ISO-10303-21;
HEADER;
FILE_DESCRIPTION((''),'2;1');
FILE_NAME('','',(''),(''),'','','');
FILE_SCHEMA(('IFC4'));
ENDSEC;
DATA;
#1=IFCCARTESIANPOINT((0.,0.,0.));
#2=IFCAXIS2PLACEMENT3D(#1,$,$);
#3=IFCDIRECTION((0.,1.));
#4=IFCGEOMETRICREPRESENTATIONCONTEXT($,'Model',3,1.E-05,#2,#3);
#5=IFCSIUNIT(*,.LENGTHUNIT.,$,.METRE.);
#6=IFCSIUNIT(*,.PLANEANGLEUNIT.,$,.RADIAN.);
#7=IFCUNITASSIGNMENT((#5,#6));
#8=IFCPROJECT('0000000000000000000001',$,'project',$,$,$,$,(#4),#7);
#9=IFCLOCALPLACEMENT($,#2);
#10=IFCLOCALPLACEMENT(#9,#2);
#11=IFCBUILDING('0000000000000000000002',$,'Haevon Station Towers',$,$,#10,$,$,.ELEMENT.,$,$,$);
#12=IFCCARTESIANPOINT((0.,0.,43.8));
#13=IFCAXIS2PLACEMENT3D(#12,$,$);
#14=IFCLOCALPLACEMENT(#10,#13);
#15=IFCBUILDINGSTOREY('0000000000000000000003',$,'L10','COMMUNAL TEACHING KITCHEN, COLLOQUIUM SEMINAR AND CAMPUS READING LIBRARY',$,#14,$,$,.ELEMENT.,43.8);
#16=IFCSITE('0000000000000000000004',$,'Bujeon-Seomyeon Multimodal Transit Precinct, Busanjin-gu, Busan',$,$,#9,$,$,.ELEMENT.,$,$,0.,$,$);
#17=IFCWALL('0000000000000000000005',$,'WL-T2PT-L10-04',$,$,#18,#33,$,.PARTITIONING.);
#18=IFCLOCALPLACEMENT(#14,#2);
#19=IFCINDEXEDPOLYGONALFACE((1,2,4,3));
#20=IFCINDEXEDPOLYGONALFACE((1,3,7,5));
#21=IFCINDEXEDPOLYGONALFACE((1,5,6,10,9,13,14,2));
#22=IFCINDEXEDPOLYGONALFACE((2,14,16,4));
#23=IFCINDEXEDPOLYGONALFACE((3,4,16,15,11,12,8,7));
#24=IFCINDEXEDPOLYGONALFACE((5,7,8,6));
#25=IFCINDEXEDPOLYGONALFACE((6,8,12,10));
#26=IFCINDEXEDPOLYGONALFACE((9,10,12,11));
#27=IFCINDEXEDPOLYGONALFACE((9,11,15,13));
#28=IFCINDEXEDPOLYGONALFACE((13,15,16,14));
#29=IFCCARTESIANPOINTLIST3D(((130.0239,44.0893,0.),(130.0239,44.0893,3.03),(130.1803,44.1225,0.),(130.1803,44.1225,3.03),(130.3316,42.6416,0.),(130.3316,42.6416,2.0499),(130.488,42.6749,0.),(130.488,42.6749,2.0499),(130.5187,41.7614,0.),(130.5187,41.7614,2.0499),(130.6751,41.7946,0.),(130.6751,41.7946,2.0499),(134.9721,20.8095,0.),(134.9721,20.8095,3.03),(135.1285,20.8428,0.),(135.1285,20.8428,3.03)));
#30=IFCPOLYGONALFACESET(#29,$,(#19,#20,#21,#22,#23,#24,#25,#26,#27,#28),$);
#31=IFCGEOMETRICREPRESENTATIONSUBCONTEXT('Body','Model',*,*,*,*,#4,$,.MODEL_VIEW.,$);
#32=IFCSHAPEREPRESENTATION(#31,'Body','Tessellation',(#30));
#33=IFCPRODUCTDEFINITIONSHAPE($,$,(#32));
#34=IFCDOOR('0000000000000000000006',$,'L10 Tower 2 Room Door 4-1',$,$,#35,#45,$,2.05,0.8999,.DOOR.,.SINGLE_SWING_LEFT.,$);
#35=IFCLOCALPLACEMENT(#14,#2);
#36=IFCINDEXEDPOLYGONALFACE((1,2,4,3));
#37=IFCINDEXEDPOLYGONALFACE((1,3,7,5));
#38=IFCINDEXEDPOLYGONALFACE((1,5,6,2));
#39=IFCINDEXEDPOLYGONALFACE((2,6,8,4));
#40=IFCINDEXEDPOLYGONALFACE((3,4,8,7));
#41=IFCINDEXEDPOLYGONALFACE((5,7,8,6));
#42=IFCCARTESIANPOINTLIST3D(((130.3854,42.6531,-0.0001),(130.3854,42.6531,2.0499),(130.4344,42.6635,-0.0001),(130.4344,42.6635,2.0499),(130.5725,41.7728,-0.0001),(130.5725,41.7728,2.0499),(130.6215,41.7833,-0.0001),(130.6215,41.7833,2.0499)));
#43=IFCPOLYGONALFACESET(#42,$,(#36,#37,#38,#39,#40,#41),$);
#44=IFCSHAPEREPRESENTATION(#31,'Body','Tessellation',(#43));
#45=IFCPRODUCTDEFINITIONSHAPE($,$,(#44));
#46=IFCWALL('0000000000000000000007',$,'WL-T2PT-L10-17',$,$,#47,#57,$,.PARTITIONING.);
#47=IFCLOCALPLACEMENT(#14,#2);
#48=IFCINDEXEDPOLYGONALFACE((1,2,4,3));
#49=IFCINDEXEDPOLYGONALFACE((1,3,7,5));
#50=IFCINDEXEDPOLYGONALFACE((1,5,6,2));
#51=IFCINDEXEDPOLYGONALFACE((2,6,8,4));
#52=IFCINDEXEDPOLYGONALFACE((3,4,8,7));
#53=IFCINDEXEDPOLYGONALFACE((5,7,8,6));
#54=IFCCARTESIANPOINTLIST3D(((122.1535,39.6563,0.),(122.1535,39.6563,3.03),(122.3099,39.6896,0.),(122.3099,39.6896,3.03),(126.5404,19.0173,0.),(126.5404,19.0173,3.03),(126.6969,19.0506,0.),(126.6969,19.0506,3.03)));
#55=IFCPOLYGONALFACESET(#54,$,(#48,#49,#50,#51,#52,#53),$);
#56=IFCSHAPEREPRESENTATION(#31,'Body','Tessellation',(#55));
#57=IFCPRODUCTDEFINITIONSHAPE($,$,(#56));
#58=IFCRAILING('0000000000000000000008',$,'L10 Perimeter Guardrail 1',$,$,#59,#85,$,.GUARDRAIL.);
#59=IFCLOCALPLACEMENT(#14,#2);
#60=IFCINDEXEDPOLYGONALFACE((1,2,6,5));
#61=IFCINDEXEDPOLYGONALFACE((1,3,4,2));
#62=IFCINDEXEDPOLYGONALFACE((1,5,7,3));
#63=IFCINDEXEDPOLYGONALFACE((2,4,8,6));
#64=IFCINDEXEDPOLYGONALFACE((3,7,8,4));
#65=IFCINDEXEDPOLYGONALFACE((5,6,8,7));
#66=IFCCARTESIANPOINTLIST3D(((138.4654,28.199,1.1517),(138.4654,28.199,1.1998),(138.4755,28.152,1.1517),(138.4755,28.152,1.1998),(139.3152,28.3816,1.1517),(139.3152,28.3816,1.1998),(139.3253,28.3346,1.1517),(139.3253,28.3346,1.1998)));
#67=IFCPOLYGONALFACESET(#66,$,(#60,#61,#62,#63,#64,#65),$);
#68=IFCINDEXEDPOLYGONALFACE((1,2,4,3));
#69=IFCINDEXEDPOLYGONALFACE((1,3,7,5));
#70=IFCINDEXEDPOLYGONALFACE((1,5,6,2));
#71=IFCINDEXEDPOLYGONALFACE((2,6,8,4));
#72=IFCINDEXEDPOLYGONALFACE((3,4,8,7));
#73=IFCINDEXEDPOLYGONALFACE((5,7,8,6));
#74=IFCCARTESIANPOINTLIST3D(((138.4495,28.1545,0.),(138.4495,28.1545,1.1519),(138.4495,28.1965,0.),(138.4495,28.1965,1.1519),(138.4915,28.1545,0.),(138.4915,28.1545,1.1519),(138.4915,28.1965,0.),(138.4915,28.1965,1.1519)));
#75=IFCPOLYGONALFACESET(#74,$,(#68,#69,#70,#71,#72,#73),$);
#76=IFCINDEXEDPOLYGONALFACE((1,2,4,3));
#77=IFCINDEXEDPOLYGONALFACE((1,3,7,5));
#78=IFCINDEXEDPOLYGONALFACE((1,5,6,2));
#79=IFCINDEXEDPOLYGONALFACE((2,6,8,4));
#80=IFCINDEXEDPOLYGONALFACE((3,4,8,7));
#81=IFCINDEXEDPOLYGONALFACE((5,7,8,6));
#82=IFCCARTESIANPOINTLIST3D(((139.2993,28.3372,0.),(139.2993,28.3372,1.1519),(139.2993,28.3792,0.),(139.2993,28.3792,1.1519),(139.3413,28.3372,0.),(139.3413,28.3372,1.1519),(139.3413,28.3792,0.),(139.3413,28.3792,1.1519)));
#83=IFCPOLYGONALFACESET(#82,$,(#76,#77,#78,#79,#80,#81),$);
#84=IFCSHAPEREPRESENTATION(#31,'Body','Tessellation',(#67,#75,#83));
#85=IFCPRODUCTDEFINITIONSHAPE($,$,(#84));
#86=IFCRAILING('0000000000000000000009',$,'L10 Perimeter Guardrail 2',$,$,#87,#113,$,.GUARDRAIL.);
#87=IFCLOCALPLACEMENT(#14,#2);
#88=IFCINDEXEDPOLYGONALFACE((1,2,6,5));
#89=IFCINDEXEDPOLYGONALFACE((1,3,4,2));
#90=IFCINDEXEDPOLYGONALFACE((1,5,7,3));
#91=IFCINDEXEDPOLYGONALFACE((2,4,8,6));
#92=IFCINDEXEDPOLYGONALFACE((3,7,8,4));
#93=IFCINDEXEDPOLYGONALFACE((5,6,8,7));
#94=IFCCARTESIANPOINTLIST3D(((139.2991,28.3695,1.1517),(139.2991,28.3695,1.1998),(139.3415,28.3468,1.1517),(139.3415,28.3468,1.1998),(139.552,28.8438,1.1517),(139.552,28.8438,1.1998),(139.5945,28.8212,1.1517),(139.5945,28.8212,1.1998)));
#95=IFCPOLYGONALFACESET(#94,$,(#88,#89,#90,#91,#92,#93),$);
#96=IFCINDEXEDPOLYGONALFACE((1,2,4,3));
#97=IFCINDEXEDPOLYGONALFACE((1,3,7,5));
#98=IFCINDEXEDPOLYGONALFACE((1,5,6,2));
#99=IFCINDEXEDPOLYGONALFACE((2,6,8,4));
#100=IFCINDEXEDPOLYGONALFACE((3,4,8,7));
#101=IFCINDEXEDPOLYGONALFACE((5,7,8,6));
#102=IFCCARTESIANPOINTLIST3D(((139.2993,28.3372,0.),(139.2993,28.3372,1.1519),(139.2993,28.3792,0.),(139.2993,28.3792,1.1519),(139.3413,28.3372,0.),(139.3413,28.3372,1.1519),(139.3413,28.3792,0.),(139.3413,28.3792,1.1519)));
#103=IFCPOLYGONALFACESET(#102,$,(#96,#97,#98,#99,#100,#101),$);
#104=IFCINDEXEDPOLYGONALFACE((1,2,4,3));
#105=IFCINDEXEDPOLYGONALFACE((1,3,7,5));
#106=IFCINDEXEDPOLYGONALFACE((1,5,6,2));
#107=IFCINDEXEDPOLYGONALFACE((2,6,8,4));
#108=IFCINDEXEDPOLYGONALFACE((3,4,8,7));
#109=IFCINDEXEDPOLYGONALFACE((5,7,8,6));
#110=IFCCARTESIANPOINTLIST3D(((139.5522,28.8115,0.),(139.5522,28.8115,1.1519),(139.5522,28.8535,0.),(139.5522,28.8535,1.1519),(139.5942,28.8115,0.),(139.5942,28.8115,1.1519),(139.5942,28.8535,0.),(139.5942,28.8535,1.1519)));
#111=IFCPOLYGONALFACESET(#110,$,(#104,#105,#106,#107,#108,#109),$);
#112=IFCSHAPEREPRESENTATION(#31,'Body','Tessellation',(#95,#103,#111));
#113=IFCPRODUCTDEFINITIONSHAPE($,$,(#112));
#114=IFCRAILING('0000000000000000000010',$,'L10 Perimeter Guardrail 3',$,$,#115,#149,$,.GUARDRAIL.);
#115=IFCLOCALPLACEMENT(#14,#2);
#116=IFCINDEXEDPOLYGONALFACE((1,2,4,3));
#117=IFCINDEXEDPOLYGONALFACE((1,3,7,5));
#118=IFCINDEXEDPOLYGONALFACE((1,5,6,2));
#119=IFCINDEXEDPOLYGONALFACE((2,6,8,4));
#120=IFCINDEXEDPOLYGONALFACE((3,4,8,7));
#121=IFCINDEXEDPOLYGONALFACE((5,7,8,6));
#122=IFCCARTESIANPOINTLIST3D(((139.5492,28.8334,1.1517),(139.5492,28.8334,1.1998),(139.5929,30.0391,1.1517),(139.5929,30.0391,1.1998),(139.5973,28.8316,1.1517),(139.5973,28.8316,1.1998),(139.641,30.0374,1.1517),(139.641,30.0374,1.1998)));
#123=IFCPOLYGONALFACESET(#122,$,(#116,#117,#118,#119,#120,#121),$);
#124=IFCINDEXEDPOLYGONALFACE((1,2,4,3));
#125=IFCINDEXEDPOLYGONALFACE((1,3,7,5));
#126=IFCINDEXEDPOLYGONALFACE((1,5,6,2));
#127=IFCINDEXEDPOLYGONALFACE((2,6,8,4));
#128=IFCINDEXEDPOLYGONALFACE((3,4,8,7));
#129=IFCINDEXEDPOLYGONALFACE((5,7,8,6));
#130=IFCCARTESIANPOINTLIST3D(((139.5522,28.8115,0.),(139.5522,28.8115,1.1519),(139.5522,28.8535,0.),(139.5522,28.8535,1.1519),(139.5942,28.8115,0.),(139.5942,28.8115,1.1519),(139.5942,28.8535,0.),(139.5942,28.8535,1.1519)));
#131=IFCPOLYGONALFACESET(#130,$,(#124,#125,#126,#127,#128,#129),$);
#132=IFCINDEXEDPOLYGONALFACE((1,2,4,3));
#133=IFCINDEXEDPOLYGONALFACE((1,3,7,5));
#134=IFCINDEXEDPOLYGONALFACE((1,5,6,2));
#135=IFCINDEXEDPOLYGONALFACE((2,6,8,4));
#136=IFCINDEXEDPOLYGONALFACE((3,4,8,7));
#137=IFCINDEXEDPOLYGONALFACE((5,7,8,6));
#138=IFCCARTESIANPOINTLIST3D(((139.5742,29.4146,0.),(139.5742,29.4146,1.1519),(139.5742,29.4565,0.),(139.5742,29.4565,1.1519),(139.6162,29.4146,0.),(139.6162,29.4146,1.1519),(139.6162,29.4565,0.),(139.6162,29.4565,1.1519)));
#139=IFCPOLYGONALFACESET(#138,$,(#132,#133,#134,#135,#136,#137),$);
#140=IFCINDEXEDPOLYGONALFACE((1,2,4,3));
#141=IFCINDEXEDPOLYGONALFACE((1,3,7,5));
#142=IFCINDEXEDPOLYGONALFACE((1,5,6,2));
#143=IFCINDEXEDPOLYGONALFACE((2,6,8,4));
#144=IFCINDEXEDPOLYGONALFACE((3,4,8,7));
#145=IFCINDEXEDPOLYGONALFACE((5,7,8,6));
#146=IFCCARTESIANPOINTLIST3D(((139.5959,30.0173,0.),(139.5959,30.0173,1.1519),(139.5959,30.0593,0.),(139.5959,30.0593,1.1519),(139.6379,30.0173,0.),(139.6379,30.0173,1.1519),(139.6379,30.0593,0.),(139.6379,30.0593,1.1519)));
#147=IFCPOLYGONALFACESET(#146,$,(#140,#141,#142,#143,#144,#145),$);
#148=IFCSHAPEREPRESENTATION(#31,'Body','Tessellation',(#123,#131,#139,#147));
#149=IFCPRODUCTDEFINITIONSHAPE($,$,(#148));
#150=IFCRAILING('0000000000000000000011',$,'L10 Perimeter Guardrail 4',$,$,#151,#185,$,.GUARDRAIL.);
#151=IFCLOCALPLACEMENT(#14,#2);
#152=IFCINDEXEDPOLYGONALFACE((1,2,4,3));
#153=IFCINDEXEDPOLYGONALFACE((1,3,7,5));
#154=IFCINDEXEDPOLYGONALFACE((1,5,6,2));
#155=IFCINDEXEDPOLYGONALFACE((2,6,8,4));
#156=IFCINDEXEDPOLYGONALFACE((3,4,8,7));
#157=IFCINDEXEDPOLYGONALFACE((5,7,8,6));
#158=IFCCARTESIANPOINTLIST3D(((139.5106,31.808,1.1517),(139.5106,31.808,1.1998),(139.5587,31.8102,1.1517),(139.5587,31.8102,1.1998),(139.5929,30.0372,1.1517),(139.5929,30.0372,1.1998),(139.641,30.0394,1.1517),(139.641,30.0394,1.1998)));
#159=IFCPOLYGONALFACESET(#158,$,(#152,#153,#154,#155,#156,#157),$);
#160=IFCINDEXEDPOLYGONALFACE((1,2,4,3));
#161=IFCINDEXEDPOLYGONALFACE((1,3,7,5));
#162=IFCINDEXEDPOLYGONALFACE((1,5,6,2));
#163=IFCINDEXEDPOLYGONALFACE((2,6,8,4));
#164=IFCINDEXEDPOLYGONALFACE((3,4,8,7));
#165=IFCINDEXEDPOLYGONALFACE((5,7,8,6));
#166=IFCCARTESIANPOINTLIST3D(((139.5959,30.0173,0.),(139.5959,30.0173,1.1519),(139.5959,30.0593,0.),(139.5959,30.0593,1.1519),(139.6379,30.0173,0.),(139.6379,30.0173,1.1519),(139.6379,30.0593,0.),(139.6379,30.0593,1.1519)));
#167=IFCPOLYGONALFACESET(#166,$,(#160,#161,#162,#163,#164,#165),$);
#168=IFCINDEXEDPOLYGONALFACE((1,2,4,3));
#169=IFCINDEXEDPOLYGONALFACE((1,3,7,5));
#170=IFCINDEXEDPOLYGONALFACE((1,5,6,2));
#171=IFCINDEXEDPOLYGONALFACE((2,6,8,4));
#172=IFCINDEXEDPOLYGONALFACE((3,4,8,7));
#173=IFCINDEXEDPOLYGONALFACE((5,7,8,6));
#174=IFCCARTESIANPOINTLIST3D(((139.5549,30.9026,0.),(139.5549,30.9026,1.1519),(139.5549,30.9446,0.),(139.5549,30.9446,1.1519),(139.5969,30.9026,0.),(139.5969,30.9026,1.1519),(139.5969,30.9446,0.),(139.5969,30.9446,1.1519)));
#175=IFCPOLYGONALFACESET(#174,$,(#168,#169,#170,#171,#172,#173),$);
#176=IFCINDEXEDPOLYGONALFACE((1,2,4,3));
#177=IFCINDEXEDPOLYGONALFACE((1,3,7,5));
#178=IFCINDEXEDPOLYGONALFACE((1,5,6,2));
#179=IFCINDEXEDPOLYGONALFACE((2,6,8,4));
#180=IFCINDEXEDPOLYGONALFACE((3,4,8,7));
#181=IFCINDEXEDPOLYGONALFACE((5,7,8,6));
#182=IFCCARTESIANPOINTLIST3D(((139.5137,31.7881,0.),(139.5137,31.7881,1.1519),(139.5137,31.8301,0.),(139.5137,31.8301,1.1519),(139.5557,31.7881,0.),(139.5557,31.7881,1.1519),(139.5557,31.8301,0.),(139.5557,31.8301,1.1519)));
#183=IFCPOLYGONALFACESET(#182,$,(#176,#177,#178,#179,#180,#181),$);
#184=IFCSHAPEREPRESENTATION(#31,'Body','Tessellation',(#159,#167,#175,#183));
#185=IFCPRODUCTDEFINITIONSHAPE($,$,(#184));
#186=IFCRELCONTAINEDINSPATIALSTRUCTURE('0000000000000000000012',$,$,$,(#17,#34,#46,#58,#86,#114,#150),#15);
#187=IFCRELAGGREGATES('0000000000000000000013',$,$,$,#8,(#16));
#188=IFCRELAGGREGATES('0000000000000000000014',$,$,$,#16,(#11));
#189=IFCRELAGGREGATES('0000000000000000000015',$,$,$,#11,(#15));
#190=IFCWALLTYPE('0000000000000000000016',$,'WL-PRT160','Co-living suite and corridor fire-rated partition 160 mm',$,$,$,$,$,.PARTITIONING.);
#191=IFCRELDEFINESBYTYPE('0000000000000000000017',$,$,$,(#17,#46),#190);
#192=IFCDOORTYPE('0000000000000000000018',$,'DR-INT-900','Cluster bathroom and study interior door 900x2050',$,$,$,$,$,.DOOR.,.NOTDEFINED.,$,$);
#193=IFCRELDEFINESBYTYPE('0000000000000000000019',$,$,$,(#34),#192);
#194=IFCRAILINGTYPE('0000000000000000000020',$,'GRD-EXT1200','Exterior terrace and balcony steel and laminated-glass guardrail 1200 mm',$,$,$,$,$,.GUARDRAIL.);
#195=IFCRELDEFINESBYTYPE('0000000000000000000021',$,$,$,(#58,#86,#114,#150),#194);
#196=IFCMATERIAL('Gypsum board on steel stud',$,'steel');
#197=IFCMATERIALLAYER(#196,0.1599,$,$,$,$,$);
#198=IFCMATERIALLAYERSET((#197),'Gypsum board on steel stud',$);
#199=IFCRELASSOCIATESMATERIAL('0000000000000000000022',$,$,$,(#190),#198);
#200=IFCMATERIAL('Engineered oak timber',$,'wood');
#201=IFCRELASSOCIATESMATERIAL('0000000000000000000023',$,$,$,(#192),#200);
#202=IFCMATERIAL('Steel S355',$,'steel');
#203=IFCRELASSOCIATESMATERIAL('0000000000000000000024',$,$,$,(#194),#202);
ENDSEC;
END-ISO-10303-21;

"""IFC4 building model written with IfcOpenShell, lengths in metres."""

from ifc_helpers import new_model, si_unit, direction, frame, frame_2d, origin, origin_2d, place, context, subcontext, project, spatial, rectangle, extrude, material, layer, layer_set, type_object, element, fill, save


model = new_model("IFC4")

# Units and contexts
model_context = context("Model", 3, precision=1e-05, world=origin(), true_north=direction((0.0, 1.0)))
body_context = subcontext(model_context, "Body", "Model", "MODEL_VIEW")
ifc_project = project(units=[si_unit("LENGTHUNIT", "METRE"), si_unit("PLANEANGLEUNIT", "RADIAN")], contexts=[model_context])

# Site, building, storey
site_placement = place(None, origin())
site = spatial("IfcSite", under=ifc_project, at=site_placement, Name="Bujeon-Seomyeon Multimodal Transit Precinct, Busanjin-gu, Busan", CompositionType="ELEMENT", RefElevation=0.0)
building_placement = place(site_placement, origin())
building = spatial("IfcBuilding", under=site, at=building_placement, Name="Haevon Station Towers", CompositionType="ELEMENT")
storey_placement = place(building_placement, frame((0.0, 0.0, 43.8)))
storey = spatial("IfcBuildingStorey", under=building, at=storey_placement, Name="L10", Description="COMMUNAL TEACHING KITCHEN, COLLOQUIUM SEMINAR AND CAMPUS READING LIBRARY", CompositionType="ELEMENT", Elevation=43.8)

# Shared definitions
ifc_material_1 = material(Name="Steel S355", Category="steel")

# Shared definitions
ifc_material_2 = material(Name="Gypsum board on steel stud", Category="steel")

# Wall, opening, door
ifc_layer_1 = layer(ifc_material_2, 0.1599)
ifc_layer_set_1 = layer_set([ifc_layer_1], Name="Gypsum board on steel stud")
wall_type_1 = type_object("IfcWallType", Name="WL-PRT160", Description="Co-living suite and corridor fire-rated partition 160 mm", PredefinedType="PARTITIONING", material=ifc_layer_set_1)
wall_1_placement = place(storey_placement, frame((135.0503, 20.8262, 0.0), z_axis=(0.0, 0.0, 1.0), x_axis=(-0.207911, 0.978148, 0.0)))
wall_1 = element("IfcWall", 1, at=wall_1_placement, inside=storey, type_object=wall_type_1, Name="WL-T2PT-L10-04", PredefinedType="PARTITIONING", context=body_context, shape_type="SweptSolid", body=[
    extrude(rectangle(XDim=23.7998, YDim=0.1599, at=frame_2d((11.8999, 0.0))), origin(), (0.0, 0.0, 1.0), 3.03),
])
opening_1_placement = place(wall_1_placement, frame((21.4199, 0.0, 0.0)))
opening_1 = element("IfcOpeningElement", 2, at=opening_1_placement, cuts=wall_1, PredefinedType="OPENING", context=body_context, shape_type="SweptSolid", body=[
    extrude(rectangle(XDim=0.8999, YDim=2.05, at=frame_2d((0.45, 1.0249))), frame((0.0, 0.0898, 0.0), z_axis=(0.0, -1.0, 0.0), x_axis=(1.0, 0.0, 0.0)), (0.0, 0.0, 1.0), 0.1799),
])
ifc_material_3 = material(Name="Engineered oak timber", Category="wood")
door_type = type_object("IfcDoorType", Name="DR-INT-900", Description="Cluster bathroom and study interior door 900x2050", OperationType="NOTDEFINED", PredefinedType="DOOR", material=ifc_material_3)
door_placement = place(opening_1_placement, origin())
door = element("IfcDoor", 3, at=door_placement, inside=storey, type_object=door_type, Name="L10 Tower 2 Room Door 4-1", OperationType="SINGLE_SWING_LEFT", OverallHeight=2.05, OverallWidth=0.8999, PredefinedType="DOOR", context=body_context, shape_type="SweptSolid", body=[
    extrude(rectangle(XDim=0.8999, YDim=2.05, at=frame_2d((0.45, 1.0249))), frame((0.0, 0.0249, 0.0), z_axis=(0.0, -1.0, 0.0), x_axis=(1.0, 0.0, 0.0)), (0.0, 0.0, 1.0), 0.05),
])
fill(opening_1, door)

# Wall
wall_2_placement = place(storey_placement, frame((126.6187, 19.0339, 0.0), z_axis=(0.0, 0.0, 1.0), x_axis=(-0.207913, 0.978147, 0.0)))
element("IfcWall", 4, at=wall_2_placement, inside=storey, type_object=wall_type_1, Name="WL-T2PT-L10-17", PredefinedType="PARTITIONING", context=body_context, shape_type="SweptSolid", body=[
    extrude(rectangle(XDim=21.1001, YDim=0.1599, at=frame_2d((10.55, 0.0))), origin(), (0.0, 0.0, 1.0), 3.03),
])

# Railings
railing_type = type_object("IfcRailingType", Name="GRD-EXT1200", Description="Exterior terrace and balcony steel and laminated-glass guardrail 1200 mm", PredefinedType="GUARDRAIL", material=ifc_material_1)
railing_1_placement = place(storey_placement, frame((138.4705, 28.1755, 0.0)))
element("IfcRailing", 5, at=railing_1_placement, inside=storey, type_object=railing_type, Name="L10 Perimeter Guardrail 1", PredefinedType="GUARDRAIL", context=body_context, shape_type="SweptSolid", body=[
    extrude(rectangle(XDim=0.0481, YDim=0.0481, at=origin_2d()), frame((0.0, 0.0, 1.1758), z_axis=(0.977683, 0.210085, 0.0), x_axis=(-0.210085, 0.977683, 0.0)), (0.0, 0.0, 1.0), 0.8691),
    extrude(rectangle(XDim=0.042, YDim=0.042, at=origin_2d()), origin(), (0.0, 0.0, 1.0), 1.1519),
    extrude(rectangle(XDim=0.042, YDim=0.042, at=origin_2d()), frame((0.8499, 0.1826, 0.0)), (0.0, 0.0, 1.0), 1.1519),
])
railing_2_placement = place(storey_placement, frame((139.3203, 28.3582, 0.0)))
element("IfcRailing", 6, at=railing_2_placement, inside=storey, type_object=railing_type, Name="L10 Perimeter Guardrail 2", PredefinedType="GUARDRAIL", context=body_context, shape_type="SweptSolid", body=[
    extrude(rectangle(XDim=0.0481, YDim=0.0481, at=origin_2d()), frame((0.0, 0.0, 1.1758), z_axis=(0.470494, 0.882403, 0.0), x_axis=(-0.882403, 0.470494, 0.0)), (0.0, 0.0, 1.0), 0.5376),
    extrude(rectangle(XDim=0.042, YDim=0.042, at=origin_2d()), origin(), (0.0, 0.0, 1.0), 1.1519),
    extrude(rectangle(XDim=0.042, YDim=0.042, at=origin_2d()), frame((0.2529, 0.4744, 0.0)), (0.0, 0.0, 1.0), 1.1519),
])
railing_3_placement = place(storey_placement, frame((139.5732, 28.8325, 0.0)))
element("IfcRailing", 7, at=railing_3_placement, inside=storey, type_object=railing_type, Name="L10 Perimeter Guardrail 3", PredefinedType="GUARDRAIL", context=body_context, shape_type="SweptSolid", body=[
    extrude(rectangle(XDim=0.0481, YDim=0.0481, at=origin_2d()), frame((0.0, 0.0, 1.1758), z_axis=(0.036218, 0.999344, 0.0), x_axis=(-0.999344, 0.036218, 0.0)), (0.0, 0.0, 1.0), 1.2065),
    extrude(rectangle(XDim=0.042, YDim=0.042, at=origin_2d()), origin(), (0.0, 0.0, 1.0), 1.1519),
    extrude(rectangle(XDim=0.042, YDim=0.042, at=origin_2d()), frame((0.022, 0.603, 0.0)), (0.0, 0.0, 1.0), 1.1519),
    extrude(rectangle(XDim=0.042, YDim=0.042, at=origin_2d()), frame((0.0437, 1.2058, 0.0)), (0.0, 0.0, 1.0), 1.1519),
])
railing_4_placement = place(storey_placement, frame((139.6169, 30.0383, 0.0)))
element("IfcRailing", 8, at=railing_4_placement, inside=storey, type_object=railing_type, Name="L10 Perimeter Guardrail 4", PredefinedType="GUARDRAIL", context=body_context, shape_type="SweptSolid", body=[
    extrude(rectangle(XDim=0.0481, YDim=0.0481, at=origin_2d()), frame((0.0, 0.0, 1.1758), z_axis=(-0.046413, 0.998922, 0.0), x_axis=(-0.998922, -0.046413, 0.0)), (0.0, 0.0, 1.0), 1.7727),
    extrude(rectangle(XDim=0.042, YDim=0.042, at=origin_2d()), origin(), (0.0, 0.0, 1.0), 1.1519),
    extrude(rectangle(XDim=0.042, YDim=0.042, at=origin_2d()), frame((-0.041, 0.8853, 0.0)), (0.0, 0.0, 1.0), 1.1519),
    extrude(rectangle(XDim=0.042, YDim=0.042, at=origin_2d()), frame((-0.0823, 1.7708, 0.0)), (0.0, 0.0, 1.0), 1.1519),
])

save(model, "model.ifc")
